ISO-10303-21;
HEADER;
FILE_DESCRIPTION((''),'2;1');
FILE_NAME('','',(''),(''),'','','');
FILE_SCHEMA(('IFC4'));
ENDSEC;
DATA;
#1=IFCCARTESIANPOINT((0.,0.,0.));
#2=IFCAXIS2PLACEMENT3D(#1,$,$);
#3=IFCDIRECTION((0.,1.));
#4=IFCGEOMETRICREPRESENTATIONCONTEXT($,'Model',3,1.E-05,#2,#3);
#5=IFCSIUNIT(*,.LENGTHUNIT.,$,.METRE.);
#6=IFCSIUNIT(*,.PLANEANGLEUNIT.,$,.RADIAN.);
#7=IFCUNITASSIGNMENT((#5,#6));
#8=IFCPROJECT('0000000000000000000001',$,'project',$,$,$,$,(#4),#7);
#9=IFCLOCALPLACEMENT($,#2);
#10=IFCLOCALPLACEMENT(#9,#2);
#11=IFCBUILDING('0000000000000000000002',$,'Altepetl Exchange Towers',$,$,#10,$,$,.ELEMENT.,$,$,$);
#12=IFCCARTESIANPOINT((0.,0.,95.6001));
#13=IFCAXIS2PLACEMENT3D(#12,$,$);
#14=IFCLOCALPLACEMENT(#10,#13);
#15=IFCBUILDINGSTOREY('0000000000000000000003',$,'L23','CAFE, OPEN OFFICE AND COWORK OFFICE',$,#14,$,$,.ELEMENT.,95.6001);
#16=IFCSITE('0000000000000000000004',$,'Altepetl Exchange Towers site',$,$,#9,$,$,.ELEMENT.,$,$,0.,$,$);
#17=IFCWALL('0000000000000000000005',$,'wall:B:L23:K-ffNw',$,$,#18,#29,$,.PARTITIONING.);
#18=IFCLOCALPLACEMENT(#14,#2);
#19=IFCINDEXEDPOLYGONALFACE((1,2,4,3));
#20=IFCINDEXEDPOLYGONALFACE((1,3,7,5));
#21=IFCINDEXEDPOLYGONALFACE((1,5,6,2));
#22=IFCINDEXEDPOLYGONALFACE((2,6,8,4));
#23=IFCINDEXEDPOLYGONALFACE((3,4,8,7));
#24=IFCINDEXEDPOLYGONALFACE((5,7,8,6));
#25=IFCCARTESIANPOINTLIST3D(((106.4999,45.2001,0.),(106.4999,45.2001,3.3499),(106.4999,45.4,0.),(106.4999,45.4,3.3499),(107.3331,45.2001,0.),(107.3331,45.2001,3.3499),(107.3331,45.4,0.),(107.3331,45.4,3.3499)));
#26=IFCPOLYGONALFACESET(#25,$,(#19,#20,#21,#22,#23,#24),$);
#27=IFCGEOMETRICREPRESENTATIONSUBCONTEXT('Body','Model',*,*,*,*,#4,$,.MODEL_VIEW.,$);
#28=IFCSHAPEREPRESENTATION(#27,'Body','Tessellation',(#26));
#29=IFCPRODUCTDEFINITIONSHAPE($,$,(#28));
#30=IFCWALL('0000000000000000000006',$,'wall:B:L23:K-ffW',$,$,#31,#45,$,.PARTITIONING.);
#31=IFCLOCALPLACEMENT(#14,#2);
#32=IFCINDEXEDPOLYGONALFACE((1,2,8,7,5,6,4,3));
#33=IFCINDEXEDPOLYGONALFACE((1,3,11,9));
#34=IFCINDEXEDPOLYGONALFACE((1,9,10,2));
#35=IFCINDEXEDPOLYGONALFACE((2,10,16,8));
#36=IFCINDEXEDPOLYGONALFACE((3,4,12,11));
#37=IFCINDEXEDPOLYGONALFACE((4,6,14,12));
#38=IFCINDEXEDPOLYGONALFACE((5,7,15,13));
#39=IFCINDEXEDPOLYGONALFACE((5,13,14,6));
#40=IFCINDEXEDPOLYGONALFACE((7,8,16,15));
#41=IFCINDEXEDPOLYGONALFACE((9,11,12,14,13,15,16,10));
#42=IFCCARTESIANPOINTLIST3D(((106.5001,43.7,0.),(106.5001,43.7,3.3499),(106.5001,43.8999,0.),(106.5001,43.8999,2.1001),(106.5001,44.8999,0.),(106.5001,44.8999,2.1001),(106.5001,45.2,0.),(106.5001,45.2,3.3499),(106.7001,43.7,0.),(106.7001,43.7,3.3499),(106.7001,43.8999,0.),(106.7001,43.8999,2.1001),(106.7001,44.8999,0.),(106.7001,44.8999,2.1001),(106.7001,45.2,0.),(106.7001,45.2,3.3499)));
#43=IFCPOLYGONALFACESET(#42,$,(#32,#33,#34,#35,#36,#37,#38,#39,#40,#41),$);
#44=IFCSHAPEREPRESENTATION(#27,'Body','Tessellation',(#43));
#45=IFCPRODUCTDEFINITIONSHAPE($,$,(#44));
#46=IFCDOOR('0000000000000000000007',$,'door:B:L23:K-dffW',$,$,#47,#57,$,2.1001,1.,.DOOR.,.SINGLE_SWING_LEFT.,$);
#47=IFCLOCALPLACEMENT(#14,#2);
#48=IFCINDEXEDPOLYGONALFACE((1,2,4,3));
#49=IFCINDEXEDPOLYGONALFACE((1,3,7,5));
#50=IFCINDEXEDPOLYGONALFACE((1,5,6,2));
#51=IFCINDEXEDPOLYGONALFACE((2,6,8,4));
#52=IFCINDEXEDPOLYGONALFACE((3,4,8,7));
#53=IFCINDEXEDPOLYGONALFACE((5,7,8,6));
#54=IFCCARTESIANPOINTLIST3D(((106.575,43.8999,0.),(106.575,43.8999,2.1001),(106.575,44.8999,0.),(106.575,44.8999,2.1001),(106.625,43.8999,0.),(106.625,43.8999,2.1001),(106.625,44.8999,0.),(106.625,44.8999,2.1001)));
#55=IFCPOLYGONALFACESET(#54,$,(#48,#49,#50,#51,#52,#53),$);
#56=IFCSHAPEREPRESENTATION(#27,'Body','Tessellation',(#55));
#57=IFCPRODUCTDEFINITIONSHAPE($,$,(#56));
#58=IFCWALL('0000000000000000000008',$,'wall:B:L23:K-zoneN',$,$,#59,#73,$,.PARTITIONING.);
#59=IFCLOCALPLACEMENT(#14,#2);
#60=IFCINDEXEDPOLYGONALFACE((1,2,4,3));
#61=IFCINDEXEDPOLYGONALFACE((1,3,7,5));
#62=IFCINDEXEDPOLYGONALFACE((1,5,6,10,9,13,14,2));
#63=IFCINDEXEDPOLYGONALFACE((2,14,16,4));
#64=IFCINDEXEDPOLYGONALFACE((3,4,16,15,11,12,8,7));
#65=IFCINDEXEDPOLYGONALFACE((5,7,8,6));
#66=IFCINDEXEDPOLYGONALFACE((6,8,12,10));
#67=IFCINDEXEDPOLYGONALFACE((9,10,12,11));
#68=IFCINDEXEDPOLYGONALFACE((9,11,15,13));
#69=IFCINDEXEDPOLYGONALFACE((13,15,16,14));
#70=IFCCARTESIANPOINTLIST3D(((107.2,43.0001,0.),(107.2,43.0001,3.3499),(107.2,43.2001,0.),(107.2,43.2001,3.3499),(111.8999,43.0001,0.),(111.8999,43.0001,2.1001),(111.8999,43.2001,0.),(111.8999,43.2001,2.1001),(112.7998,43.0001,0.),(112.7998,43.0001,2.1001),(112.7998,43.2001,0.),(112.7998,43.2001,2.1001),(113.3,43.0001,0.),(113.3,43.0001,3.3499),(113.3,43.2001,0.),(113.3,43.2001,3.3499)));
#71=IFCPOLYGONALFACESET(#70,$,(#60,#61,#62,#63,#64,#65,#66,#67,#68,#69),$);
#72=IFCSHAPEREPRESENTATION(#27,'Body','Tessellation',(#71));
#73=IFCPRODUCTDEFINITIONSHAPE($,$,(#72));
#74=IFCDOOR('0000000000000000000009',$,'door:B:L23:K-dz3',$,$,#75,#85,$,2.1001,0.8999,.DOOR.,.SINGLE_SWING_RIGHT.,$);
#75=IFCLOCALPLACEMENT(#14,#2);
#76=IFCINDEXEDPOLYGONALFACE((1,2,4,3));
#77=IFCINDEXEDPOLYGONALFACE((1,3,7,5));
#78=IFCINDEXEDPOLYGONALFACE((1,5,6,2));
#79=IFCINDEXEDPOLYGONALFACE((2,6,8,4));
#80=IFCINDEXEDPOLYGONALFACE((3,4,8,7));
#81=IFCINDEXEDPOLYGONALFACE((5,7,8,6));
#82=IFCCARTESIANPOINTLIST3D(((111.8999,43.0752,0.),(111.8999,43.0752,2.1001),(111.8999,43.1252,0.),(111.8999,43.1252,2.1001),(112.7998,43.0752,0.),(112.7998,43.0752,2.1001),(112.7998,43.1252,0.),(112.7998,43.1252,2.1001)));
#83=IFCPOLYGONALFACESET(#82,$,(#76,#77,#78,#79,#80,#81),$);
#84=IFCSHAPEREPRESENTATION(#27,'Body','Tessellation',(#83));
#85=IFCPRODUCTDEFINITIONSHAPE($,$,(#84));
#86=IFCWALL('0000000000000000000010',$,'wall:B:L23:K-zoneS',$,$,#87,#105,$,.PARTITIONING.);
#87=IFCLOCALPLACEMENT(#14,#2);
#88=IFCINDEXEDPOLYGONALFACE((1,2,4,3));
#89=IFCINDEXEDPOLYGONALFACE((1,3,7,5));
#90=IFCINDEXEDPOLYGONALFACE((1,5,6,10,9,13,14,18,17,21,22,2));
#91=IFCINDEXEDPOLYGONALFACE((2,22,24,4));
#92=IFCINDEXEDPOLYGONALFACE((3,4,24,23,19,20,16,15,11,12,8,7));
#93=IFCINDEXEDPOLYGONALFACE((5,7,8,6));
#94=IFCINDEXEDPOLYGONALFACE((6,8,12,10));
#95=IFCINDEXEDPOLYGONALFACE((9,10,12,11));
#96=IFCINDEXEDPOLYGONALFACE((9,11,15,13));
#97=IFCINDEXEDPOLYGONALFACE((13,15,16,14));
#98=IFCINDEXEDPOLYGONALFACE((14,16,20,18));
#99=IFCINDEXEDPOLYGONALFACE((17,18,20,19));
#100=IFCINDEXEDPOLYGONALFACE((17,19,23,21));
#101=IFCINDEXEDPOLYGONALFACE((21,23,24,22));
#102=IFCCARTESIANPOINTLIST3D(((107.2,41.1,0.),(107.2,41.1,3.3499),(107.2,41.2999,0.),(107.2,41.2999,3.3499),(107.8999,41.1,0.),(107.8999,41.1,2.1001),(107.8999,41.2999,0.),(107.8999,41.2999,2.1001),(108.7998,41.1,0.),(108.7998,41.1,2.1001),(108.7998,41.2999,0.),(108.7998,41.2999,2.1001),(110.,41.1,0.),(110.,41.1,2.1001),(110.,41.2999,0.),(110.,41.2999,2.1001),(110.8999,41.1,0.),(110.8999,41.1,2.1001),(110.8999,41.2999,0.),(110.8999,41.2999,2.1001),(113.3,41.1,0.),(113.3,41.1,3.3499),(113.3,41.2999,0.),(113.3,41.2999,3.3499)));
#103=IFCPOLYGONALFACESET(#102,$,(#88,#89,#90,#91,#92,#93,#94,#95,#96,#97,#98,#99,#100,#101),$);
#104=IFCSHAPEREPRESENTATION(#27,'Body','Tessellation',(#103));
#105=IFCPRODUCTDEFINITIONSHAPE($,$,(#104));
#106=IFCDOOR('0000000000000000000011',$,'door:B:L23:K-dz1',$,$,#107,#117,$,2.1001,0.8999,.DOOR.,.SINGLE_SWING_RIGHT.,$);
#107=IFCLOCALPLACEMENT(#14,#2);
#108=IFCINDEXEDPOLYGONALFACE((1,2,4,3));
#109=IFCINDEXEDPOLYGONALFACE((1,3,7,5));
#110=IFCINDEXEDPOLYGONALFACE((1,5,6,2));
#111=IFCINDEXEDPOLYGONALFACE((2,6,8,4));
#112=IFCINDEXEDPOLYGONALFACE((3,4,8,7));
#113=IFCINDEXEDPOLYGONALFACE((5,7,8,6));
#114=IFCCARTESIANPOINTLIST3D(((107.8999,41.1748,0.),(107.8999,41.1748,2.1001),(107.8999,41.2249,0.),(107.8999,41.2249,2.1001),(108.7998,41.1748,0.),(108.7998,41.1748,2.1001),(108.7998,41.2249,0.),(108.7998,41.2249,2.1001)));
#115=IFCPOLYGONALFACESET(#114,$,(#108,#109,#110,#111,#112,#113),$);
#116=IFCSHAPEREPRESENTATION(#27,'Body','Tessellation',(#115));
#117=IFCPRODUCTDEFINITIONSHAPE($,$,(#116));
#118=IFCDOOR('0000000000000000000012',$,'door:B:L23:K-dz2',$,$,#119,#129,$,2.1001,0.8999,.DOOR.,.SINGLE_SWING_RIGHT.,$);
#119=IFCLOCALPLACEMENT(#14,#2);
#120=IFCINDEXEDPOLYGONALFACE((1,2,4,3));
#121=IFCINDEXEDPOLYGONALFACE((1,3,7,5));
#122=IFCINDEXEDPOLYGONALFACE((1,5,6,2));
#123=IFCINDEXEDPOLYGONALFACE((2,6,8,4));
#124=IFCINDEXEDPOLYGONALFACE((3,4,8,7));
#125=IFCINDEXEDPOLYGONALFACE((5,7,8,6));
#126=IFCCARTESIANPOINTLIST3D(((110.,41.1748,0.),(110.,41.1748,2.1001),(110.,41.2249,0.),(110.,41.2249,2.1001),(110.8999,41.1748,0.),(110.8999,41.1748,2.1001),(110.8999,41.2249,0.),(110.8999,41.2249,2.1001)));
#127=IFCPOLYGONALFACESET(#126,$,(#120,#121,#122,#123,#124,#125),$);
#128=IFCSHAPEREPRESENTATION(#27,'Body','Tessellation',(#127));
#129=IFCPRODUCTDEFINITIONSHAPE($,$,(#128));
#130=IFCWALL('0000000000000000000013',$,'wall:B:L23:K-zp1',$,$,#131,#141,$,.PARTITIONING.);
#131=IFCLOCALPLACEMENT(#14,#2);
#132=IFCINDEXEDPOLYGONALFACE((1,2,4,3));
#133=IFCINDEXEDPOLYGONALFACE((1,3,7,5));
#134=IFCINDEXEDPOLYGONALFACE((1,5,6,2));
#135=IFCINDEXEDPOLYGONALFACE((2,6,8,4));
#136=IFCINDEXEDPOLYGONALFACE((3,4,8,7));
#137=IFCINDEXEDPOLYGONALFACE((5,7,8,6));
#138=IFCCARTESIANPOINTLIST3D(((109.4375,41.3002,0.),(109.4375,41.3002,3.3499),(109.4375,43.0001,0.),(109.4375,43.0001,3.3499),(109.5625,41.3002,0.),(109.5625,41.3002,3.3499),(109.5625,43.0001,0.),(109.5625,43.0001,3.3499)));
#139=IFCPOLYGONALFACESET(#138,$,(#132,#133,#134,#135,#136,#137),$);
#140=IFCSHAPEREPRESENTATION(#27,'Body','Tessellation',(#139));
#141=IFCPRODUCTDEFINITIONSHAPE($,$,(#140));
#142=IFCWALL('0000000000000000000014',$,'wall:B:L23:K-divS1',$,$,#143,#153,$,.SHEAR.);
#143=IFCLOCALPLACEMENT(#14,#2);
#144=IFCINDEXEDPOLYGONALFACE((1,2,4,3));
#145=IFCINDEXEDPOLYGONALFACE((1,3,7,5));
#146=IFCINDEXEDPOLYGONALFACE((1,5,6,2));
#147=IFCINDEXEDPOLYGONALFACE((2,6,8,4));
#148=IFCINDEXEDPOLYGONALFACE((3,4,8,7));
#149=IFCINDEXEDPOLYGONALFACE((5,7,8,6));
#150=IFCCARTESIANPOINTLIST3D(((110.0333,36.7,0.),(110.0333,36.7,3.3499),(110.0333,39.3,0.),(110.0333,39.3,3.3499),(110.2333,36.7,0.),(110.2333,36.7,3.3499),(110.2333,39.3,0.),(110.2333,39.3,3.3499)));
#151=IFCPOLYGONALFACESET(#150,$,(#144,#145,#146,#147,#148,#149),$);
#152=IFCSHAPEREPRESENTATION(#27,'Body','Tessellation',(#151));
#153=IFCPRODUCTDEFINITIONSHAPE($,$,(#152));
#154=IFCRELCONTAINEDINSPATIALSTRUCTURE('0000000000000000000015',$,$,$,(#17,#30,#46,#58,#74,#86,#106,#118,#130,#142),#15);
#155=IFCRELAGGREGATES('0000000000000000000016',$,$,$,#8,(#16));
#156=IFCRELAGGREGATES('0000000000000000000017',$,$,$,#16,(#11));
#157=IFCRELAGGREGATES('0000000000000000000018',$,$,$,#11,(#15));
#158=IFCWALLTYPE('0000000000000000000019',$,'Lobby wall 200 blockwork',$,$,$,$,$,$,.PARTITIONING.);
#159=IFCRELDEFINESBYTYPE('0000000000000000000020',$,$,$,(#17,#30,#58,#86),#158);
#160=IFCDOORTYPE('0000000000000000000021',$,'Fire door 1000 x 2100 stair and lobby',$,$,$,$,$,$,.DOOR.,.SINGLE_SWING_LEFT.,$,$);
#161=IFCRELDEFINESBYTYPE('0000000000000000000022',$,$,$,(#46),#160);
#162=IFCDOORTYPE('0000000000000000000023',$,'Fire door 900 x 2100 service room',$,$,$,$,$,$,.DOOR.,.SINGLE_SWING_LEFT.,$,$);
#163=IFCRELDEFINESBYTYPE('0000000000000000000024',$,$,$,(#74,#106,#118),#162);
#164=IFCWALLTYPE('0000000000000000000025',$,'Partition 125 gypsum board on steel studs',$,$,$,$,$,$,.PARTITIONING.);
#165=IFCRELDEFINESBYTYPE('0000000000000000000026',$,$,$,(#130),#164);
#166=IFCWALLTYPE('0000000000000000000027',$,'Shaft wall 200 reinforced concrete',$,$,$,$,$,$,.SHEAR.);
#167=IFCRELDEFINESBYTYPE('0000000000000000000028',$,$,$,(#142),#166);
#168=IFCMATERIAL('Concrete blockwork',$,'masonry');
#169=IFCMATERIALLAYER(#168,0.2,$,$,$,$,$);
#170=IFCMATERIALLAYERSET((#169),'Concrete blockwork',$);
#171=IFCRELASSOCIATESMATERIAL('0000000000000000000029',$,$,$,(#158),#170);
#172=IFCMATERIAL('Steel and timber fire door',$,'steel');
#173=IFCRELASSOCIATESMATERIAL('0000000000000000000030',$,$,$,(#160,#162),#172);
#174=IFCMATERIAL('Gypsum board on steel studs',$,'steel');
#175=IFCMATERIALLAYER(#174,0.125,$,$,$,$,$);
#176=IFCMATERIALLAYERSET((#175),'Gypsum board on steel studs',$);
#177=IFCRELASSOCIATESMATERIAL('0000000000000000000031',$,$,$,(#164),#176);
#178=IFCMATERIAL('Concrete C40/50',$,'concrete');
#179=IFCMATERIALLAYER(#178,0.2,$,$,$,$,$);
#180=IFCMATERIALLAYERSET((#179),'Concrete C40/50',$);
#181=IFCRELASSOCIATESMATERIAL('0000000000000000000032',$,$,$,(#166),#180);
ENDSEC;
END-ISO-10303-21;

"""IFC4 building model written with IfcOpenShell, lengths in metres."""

from ifc_helpers import new_model, si_unit, direction, frame, frame_2d, origin, place, context, subcontext, project, spatial, rectangle, extrude, material, layer, layer_set, type_object, element, fill, save


model = new_model("IFC4")

# Units and contexts
model_context = context("Model", 3, precision=1e-05, world=origin(), true_north=direction((0.0, 1.0)))
body_context = subcontext(model_context, "Body", "Model", "MODEL_VIEW")
ifc_project = project(units=[si_unit("LENGTHUNIT", "METRE"), si_unit("PLANEANGLEUNIT", "RADIAN")], contexts=[model_context])

# Site, building, storey
site_placement = place(None, origin())
site = spatial("IfcSite", under=ifc_project, at=site_placement, Name="Altepetl Exchange Towers site", CompositionType="ELEMENT", RefElevation=0.0)
building_placement = place(site_placement, origin())
building = spatial("IfcBuilding", under=site, at=building_placement, Name="Altepetl Exchange Towers", CompositionType="ELEMENT")
storey_placement = place(building_placement, frame((0.0, 0.0, 95.6001)))
storey = spatial("IfcBuildingStorey", under=building, at=storey_placement, Name="L23", Description="CAFE, OPEN OFFICE AND COWORK OFFICE", CompositionType="ELEMENT", Elevation=95.6001)

# Wall
ifc_material_1 = material(Name="Concrete blockwork", Category="masonry")
ifc_layer_1 = layer(ifc_material_1, 0.2)
ifc_layer_set_1 = layer_set([ifc_layer_1], Name="Concrete blockwork")
wall_type_1 = type_object("IfcWallType", Name="Lobby wall 200 blockwork", PredefinedType="PARTITIONING", material=ifc_layer_set_1)
wall_1_placement = place(storey_placement, frame((106.5, 45.3, 0.0)))
element("IfcWall", 1, at=wall_1_placement, inside=storey, type_object=wall_type_1, Name="wall:B:L23:K-ffNw", PredefinedType="PARTITIONING", context=body_context, shape_type="SweptSolid", body=[
    extrude(rectangle(XDim=0.8333, YDim=0.2, at=frame_2d((0.4165, 0.0))), origin(), (0.0, 0.0, 1.0), 3.3499),
])

# Walls, openings, doors
wall_2_placement = place(storey_placement, frame((106.6001, 43.7, 0.0), z_axis=(0.0, 0.0, 1.0), x_axis=(0.0, 1.0, 0.0)))
wall_2 = element("IfcWall", 2, at=wall_2_placement, inside=storey, type_object=wall_type_1, Name="wall:B:L23:K-ffW", PredefinedType="PARTITIONING", context=body_context, shape_type="SweptSolid", body=[
    extrude(rectangle(XDim=1.5, YDim=0.2, at=frame_2d((0.75, 0.0))), origin(), (0.0, 0.0, 1.0), 3.3499),
])
opening_1_placement = place(wall_2_placement, frame((0.2, 0.0, 0.0)))
opening_1 = element("IfcOpeningElement", 3, at=opening_1_placement, cuts=wall_2, PredefinedType="OPENING", context=body_context, shape_type="SweptSolid", body=[
    extrude(rectangle(XDim=1.0, YDim=2.1001, at=frame_2d((0.5, 1.05))), frame((0.0, 0.1099, 0.0), z_axis=(0.0, -1.0, 0.0), x_axis=(1.0, 0.0, 0.0)), (0.0, 0.0, 1.0), 0.22),
])
ifc_material_2 = material(Name="Steel and timber fire door", Category="steel")
door_type_1 = type_object("IfcDoorType", Name="Fire door 1000 x 2100 stair and lobby", OperationType="SINGLE_SWING_LEFT", PredefinedType="DOOR", material=ifc_material_2)
door_1_placement = place(opening_1_placement, frame((1.0, 0.0, 0.0), x_axis=(-1.0, 0.0, 0.0)))
door_1 = element("IfcDoor", 4, at=door_1_placement, inside=storey, type_object=door_type_1, Name="door:B:L23:K-dffW", OperationType="SINGLE_SWING_LEFT", OverallHeight=2.1001, OverallWidth=1.0, PredefinedType="DOOR", context=body_context, shape_type="SweptSolid", body=[
    extrude(rectangle(XDim=1.0, YDim=2.1001, at=frame_2d((0.5, 1.05))), frame((0.0, 0.0249, 0.0), z_axis=(0.0, -1.0, 0.0), x_axis=(1.0, 0.0, 0.0)), (0.0, 0.0, 1.0), 0.05),
])
fill(opening_1, door_1)
wall_3_placement = place(storey_placement, frame((107.2, 43.1001, 0.0)))
wall_3 = element("IfcWall", 5, at=wall_3_placement, inside=storey, type_object=wall_type_1, Name="wall:B:L23:K-zoneN", PredefinedType="PARTITIONING", context=body_context, shape_type="SweptSolid", body=[
    extrude(rectangle(XDim=6.1001, YDim=0.2, at=frame_2d((3.05, 0.0))), origin(), (0.0, 0.0, 1.0), 3.3499),
])
opening_2_placement = place(wall_3_placement, frame((4.7, 0.0, 0.0)))
opening_2 = element("IfcOpeningElement", 6, at=opening_2_placement, cuts=wall_3, PredefinedType="OPENING", context=body_context, shape_type="SweptSolid", body=[
    extrude(rectangle(XDim=0.8999, YDim=2.1001, at=frame_2d((0.45, 1.05))), frame((0.0, 0.1099, 0.0), z_axis=(0.0, -1.0, 0.0), x_axis=(1.0, 0.0, 0.0)), (0.0, 0.0, 1.0), 0.22),
])
door_type_2 = type_object("IfcDoorType", Name="Fire door 900 x 2100 service room", OperationType="SINGLE_SWING_LEFT", PredefinedType="DOOR", material=ifc_material_2)
door_2_placement = place(opening_2_placement, frame((0.8999, 0.0, 0.0), x_axis=(-1.0, 0.0, 0.0)))
door_2 = element("IfcDoor", 7, at=door_2_placement, inside=storey, type_object=door_type_2, Name="door:B:L23:K-dz3", OperationType="SINGLE_SWING_RIGHT", OverallHeight=2.1001, OverallWidth=0.8999, PredefinedType="DOOR", context=body_context, shape_type="SweptSolid", body=[
    extrude(rectangle(XDim=0.8999, YDim=2.1001, at=frame_2d((0.45, 1.05))), frame((0.0, 0.0249, 0.0), z_axis=(0.0, -1.0, 0.0), x_axis=(1.0, 0.0, 0.0)), (0.0, 0.0, 1.0), 0.05),
])
fill(opening_2, door_2)

# Wall, openings, doors
wall_4_placement = place(storey_placement, frame((107.2, 41.2, 0.0)))
wall_4 = element("IfcWall", 8, at=wall_4_placement, inside=storey, type_object=wall_type_1, Name="wall:B:L23:K-zoneS", PredefinedType="PARTITIONING", context=body_context, shape_type="SweptSolid", body=[
    extrude(rectangle(XDim=6.1001, YDim=0.2, at=frame_2d((3.05, 0.0))), origin(), (0.0, 0.0, 1.0), 3.3499),
])
opening_3_placement = place(wall_4_placement, frame((0.7, 0.0, 0.0)))
opening_3 = element("IfcOpeningElement", 9, at=opening_3_placement, cuts=wall_4, PredefinedType="OPENING", context=body_context, shape_type="SweptSolid", body=[
    extrude(rectangle(XDim=0.8999, YDim=2.1001, at=frame_2d((0.45, 1.05))), frame((0.0, 0.1099, 0.0), z_axis=(0.0, -1.0, 0.0), x_axis=(1.0, 0.0, 0.0)), (0.0, 0.0, 1.0), 0.22),
])
opening_4_placement = place(wall_4_placement, frame((2.8, 0.0, 0.0)))
opening_4 = element("IfcOpeningElement", 10, at=opening_4_placement, cuts=wall_4, PredefinedType="OPENING", context=body_context, shape_type="SweptSolid", body=[
    extrude(rectangle(XDim=0.8999, YDim=2.1001, at=frame_2d((0.45, 1.05))), frame((0.0, 0.1099, 0.0), z_axis=(0.0, -1.0, 0.0), x_axis=(1.0, 0.0, 0.0)), (0.0, 0.0, 1.0), 0.22),
])
door_3_placement = place(opening_3_placement, origin())
door_3 = element("IfcDoor", 11, at=door_3_placement, inside=storey, type_object=door_type_2, Name="door:B:L23:K-dz1", OperationType="SINGLE_SWING_RIGHT", OverallHeight=2.1001, OverallWidth=0.8999, PredefinedType="DOOR", context=body_context, shape_type="SweptSolid", body=[
    extrude(rectangle(XDim=0.8999, YDim=2.1001, at=frame_2d((0.45, 1.05))), frame((0.0, 0.0249, 0.0), z_axis=(0.0, -1.0, 0.0), x_axis=(1.0, 0.0, 0.0)), (0.0, 0.0, 1.0), 0.05),
])
fill(opening_3, door_3)
door_4_placement = place(opening_4_placement, origin())
door_4 = element("IfcDoor", 12, at=door_4_placement, inside=storey, type_object=door_type_2, Name="door:B:L23:K-dz2", OperationType="SINGLE_SWING_RIGHT", OverallHeight=2.1001, OverallWidth=0.8999, PredefinedType="DOOR", context=body_context, shape_type="SweptSolid", body=[
    extrude(rectangle(XDim=0.8999, YDim=2.1001, at=frame_2d((0.45, 1.05))), frame((0.0, 0.0249, 0.0), z_axis=(0.0, -1.0, 0.0), x_axis=(1.0, 0.0, 0.0)), (0.0, 0.0, 1.0), 0.05),
])
fill(opening_4, door_4)

# Walls
ifc_material_3 = material(Name="Gypsum board on steel studs", Category="steel")
ifc_layer_2 = layer(ifc_material_3, 0.125)
ifc_layer_set_2 = layer_set([ifc_layer_2], Name="Gypsum board on steel studs")
wall_type_2 = type_object("IfcWallType", Name="Partition 125 gypsum board on steel studs", PredefinedType="PARTITIONING", material=ifc_layer_set_2)
wall_5_placement = place(storey_placement, frame((109.5, 41.3, 0.0), z_axis=(0.0, 0.0, 1.0), x_axis=(0.0, 1.0, 0.0)))
element("IfcWall", 13, at=wall_5_placement, inside=storey, type_object=wall_type_2, Name="wall:B:L23:K-zp1", PredefinedType="PARTITIONING", context=body_context, shape_type="SweptSolid", body=[
    extrude(rectangle(XDim=1.7, YDim=0.125, at=frame_2d((0.8501, 0.0))), origin(), (0.0, 0.0, 1.0), 3.3499),
])
ifc_material_4 = material(Name="Concrete C40/50", Category="concrete")
ifc_layer_3 = layer(ifc_material_4, 0.2)
ifc_layer_set_3 = layer_set([ifc_layer_3], Name="Concrete C40/50")
wall_type_3 = type_object("IfcWallType", Name="Shaft wall 200 reinforced concrete", PredefinedType="SHEAR", material=ifc_layer_set_3)
wall_6_placement = place(storey_placement, frame((110.1333, 36.7, 0.0), z_axis=(0.0, 0.0, 1.0), x_axis=(0.0, 1.0, 0.0)))
element("IfcWall", 14, at=wall_6_placement, inside=storey, type_object=wall_type_3, Name="wall:B:L23:K-divS1", PredefinedType="SHEAR", context=body_context, shape_type="SweptSolid", body=[
    extrude(rectangle(XDim=2.6001, YDim=0.2, at=frame_2d((1.3, 0.0))), origin(), (0.0, 0.0, 1.0), 3.3499),
])

save(model, "model.ifc")
